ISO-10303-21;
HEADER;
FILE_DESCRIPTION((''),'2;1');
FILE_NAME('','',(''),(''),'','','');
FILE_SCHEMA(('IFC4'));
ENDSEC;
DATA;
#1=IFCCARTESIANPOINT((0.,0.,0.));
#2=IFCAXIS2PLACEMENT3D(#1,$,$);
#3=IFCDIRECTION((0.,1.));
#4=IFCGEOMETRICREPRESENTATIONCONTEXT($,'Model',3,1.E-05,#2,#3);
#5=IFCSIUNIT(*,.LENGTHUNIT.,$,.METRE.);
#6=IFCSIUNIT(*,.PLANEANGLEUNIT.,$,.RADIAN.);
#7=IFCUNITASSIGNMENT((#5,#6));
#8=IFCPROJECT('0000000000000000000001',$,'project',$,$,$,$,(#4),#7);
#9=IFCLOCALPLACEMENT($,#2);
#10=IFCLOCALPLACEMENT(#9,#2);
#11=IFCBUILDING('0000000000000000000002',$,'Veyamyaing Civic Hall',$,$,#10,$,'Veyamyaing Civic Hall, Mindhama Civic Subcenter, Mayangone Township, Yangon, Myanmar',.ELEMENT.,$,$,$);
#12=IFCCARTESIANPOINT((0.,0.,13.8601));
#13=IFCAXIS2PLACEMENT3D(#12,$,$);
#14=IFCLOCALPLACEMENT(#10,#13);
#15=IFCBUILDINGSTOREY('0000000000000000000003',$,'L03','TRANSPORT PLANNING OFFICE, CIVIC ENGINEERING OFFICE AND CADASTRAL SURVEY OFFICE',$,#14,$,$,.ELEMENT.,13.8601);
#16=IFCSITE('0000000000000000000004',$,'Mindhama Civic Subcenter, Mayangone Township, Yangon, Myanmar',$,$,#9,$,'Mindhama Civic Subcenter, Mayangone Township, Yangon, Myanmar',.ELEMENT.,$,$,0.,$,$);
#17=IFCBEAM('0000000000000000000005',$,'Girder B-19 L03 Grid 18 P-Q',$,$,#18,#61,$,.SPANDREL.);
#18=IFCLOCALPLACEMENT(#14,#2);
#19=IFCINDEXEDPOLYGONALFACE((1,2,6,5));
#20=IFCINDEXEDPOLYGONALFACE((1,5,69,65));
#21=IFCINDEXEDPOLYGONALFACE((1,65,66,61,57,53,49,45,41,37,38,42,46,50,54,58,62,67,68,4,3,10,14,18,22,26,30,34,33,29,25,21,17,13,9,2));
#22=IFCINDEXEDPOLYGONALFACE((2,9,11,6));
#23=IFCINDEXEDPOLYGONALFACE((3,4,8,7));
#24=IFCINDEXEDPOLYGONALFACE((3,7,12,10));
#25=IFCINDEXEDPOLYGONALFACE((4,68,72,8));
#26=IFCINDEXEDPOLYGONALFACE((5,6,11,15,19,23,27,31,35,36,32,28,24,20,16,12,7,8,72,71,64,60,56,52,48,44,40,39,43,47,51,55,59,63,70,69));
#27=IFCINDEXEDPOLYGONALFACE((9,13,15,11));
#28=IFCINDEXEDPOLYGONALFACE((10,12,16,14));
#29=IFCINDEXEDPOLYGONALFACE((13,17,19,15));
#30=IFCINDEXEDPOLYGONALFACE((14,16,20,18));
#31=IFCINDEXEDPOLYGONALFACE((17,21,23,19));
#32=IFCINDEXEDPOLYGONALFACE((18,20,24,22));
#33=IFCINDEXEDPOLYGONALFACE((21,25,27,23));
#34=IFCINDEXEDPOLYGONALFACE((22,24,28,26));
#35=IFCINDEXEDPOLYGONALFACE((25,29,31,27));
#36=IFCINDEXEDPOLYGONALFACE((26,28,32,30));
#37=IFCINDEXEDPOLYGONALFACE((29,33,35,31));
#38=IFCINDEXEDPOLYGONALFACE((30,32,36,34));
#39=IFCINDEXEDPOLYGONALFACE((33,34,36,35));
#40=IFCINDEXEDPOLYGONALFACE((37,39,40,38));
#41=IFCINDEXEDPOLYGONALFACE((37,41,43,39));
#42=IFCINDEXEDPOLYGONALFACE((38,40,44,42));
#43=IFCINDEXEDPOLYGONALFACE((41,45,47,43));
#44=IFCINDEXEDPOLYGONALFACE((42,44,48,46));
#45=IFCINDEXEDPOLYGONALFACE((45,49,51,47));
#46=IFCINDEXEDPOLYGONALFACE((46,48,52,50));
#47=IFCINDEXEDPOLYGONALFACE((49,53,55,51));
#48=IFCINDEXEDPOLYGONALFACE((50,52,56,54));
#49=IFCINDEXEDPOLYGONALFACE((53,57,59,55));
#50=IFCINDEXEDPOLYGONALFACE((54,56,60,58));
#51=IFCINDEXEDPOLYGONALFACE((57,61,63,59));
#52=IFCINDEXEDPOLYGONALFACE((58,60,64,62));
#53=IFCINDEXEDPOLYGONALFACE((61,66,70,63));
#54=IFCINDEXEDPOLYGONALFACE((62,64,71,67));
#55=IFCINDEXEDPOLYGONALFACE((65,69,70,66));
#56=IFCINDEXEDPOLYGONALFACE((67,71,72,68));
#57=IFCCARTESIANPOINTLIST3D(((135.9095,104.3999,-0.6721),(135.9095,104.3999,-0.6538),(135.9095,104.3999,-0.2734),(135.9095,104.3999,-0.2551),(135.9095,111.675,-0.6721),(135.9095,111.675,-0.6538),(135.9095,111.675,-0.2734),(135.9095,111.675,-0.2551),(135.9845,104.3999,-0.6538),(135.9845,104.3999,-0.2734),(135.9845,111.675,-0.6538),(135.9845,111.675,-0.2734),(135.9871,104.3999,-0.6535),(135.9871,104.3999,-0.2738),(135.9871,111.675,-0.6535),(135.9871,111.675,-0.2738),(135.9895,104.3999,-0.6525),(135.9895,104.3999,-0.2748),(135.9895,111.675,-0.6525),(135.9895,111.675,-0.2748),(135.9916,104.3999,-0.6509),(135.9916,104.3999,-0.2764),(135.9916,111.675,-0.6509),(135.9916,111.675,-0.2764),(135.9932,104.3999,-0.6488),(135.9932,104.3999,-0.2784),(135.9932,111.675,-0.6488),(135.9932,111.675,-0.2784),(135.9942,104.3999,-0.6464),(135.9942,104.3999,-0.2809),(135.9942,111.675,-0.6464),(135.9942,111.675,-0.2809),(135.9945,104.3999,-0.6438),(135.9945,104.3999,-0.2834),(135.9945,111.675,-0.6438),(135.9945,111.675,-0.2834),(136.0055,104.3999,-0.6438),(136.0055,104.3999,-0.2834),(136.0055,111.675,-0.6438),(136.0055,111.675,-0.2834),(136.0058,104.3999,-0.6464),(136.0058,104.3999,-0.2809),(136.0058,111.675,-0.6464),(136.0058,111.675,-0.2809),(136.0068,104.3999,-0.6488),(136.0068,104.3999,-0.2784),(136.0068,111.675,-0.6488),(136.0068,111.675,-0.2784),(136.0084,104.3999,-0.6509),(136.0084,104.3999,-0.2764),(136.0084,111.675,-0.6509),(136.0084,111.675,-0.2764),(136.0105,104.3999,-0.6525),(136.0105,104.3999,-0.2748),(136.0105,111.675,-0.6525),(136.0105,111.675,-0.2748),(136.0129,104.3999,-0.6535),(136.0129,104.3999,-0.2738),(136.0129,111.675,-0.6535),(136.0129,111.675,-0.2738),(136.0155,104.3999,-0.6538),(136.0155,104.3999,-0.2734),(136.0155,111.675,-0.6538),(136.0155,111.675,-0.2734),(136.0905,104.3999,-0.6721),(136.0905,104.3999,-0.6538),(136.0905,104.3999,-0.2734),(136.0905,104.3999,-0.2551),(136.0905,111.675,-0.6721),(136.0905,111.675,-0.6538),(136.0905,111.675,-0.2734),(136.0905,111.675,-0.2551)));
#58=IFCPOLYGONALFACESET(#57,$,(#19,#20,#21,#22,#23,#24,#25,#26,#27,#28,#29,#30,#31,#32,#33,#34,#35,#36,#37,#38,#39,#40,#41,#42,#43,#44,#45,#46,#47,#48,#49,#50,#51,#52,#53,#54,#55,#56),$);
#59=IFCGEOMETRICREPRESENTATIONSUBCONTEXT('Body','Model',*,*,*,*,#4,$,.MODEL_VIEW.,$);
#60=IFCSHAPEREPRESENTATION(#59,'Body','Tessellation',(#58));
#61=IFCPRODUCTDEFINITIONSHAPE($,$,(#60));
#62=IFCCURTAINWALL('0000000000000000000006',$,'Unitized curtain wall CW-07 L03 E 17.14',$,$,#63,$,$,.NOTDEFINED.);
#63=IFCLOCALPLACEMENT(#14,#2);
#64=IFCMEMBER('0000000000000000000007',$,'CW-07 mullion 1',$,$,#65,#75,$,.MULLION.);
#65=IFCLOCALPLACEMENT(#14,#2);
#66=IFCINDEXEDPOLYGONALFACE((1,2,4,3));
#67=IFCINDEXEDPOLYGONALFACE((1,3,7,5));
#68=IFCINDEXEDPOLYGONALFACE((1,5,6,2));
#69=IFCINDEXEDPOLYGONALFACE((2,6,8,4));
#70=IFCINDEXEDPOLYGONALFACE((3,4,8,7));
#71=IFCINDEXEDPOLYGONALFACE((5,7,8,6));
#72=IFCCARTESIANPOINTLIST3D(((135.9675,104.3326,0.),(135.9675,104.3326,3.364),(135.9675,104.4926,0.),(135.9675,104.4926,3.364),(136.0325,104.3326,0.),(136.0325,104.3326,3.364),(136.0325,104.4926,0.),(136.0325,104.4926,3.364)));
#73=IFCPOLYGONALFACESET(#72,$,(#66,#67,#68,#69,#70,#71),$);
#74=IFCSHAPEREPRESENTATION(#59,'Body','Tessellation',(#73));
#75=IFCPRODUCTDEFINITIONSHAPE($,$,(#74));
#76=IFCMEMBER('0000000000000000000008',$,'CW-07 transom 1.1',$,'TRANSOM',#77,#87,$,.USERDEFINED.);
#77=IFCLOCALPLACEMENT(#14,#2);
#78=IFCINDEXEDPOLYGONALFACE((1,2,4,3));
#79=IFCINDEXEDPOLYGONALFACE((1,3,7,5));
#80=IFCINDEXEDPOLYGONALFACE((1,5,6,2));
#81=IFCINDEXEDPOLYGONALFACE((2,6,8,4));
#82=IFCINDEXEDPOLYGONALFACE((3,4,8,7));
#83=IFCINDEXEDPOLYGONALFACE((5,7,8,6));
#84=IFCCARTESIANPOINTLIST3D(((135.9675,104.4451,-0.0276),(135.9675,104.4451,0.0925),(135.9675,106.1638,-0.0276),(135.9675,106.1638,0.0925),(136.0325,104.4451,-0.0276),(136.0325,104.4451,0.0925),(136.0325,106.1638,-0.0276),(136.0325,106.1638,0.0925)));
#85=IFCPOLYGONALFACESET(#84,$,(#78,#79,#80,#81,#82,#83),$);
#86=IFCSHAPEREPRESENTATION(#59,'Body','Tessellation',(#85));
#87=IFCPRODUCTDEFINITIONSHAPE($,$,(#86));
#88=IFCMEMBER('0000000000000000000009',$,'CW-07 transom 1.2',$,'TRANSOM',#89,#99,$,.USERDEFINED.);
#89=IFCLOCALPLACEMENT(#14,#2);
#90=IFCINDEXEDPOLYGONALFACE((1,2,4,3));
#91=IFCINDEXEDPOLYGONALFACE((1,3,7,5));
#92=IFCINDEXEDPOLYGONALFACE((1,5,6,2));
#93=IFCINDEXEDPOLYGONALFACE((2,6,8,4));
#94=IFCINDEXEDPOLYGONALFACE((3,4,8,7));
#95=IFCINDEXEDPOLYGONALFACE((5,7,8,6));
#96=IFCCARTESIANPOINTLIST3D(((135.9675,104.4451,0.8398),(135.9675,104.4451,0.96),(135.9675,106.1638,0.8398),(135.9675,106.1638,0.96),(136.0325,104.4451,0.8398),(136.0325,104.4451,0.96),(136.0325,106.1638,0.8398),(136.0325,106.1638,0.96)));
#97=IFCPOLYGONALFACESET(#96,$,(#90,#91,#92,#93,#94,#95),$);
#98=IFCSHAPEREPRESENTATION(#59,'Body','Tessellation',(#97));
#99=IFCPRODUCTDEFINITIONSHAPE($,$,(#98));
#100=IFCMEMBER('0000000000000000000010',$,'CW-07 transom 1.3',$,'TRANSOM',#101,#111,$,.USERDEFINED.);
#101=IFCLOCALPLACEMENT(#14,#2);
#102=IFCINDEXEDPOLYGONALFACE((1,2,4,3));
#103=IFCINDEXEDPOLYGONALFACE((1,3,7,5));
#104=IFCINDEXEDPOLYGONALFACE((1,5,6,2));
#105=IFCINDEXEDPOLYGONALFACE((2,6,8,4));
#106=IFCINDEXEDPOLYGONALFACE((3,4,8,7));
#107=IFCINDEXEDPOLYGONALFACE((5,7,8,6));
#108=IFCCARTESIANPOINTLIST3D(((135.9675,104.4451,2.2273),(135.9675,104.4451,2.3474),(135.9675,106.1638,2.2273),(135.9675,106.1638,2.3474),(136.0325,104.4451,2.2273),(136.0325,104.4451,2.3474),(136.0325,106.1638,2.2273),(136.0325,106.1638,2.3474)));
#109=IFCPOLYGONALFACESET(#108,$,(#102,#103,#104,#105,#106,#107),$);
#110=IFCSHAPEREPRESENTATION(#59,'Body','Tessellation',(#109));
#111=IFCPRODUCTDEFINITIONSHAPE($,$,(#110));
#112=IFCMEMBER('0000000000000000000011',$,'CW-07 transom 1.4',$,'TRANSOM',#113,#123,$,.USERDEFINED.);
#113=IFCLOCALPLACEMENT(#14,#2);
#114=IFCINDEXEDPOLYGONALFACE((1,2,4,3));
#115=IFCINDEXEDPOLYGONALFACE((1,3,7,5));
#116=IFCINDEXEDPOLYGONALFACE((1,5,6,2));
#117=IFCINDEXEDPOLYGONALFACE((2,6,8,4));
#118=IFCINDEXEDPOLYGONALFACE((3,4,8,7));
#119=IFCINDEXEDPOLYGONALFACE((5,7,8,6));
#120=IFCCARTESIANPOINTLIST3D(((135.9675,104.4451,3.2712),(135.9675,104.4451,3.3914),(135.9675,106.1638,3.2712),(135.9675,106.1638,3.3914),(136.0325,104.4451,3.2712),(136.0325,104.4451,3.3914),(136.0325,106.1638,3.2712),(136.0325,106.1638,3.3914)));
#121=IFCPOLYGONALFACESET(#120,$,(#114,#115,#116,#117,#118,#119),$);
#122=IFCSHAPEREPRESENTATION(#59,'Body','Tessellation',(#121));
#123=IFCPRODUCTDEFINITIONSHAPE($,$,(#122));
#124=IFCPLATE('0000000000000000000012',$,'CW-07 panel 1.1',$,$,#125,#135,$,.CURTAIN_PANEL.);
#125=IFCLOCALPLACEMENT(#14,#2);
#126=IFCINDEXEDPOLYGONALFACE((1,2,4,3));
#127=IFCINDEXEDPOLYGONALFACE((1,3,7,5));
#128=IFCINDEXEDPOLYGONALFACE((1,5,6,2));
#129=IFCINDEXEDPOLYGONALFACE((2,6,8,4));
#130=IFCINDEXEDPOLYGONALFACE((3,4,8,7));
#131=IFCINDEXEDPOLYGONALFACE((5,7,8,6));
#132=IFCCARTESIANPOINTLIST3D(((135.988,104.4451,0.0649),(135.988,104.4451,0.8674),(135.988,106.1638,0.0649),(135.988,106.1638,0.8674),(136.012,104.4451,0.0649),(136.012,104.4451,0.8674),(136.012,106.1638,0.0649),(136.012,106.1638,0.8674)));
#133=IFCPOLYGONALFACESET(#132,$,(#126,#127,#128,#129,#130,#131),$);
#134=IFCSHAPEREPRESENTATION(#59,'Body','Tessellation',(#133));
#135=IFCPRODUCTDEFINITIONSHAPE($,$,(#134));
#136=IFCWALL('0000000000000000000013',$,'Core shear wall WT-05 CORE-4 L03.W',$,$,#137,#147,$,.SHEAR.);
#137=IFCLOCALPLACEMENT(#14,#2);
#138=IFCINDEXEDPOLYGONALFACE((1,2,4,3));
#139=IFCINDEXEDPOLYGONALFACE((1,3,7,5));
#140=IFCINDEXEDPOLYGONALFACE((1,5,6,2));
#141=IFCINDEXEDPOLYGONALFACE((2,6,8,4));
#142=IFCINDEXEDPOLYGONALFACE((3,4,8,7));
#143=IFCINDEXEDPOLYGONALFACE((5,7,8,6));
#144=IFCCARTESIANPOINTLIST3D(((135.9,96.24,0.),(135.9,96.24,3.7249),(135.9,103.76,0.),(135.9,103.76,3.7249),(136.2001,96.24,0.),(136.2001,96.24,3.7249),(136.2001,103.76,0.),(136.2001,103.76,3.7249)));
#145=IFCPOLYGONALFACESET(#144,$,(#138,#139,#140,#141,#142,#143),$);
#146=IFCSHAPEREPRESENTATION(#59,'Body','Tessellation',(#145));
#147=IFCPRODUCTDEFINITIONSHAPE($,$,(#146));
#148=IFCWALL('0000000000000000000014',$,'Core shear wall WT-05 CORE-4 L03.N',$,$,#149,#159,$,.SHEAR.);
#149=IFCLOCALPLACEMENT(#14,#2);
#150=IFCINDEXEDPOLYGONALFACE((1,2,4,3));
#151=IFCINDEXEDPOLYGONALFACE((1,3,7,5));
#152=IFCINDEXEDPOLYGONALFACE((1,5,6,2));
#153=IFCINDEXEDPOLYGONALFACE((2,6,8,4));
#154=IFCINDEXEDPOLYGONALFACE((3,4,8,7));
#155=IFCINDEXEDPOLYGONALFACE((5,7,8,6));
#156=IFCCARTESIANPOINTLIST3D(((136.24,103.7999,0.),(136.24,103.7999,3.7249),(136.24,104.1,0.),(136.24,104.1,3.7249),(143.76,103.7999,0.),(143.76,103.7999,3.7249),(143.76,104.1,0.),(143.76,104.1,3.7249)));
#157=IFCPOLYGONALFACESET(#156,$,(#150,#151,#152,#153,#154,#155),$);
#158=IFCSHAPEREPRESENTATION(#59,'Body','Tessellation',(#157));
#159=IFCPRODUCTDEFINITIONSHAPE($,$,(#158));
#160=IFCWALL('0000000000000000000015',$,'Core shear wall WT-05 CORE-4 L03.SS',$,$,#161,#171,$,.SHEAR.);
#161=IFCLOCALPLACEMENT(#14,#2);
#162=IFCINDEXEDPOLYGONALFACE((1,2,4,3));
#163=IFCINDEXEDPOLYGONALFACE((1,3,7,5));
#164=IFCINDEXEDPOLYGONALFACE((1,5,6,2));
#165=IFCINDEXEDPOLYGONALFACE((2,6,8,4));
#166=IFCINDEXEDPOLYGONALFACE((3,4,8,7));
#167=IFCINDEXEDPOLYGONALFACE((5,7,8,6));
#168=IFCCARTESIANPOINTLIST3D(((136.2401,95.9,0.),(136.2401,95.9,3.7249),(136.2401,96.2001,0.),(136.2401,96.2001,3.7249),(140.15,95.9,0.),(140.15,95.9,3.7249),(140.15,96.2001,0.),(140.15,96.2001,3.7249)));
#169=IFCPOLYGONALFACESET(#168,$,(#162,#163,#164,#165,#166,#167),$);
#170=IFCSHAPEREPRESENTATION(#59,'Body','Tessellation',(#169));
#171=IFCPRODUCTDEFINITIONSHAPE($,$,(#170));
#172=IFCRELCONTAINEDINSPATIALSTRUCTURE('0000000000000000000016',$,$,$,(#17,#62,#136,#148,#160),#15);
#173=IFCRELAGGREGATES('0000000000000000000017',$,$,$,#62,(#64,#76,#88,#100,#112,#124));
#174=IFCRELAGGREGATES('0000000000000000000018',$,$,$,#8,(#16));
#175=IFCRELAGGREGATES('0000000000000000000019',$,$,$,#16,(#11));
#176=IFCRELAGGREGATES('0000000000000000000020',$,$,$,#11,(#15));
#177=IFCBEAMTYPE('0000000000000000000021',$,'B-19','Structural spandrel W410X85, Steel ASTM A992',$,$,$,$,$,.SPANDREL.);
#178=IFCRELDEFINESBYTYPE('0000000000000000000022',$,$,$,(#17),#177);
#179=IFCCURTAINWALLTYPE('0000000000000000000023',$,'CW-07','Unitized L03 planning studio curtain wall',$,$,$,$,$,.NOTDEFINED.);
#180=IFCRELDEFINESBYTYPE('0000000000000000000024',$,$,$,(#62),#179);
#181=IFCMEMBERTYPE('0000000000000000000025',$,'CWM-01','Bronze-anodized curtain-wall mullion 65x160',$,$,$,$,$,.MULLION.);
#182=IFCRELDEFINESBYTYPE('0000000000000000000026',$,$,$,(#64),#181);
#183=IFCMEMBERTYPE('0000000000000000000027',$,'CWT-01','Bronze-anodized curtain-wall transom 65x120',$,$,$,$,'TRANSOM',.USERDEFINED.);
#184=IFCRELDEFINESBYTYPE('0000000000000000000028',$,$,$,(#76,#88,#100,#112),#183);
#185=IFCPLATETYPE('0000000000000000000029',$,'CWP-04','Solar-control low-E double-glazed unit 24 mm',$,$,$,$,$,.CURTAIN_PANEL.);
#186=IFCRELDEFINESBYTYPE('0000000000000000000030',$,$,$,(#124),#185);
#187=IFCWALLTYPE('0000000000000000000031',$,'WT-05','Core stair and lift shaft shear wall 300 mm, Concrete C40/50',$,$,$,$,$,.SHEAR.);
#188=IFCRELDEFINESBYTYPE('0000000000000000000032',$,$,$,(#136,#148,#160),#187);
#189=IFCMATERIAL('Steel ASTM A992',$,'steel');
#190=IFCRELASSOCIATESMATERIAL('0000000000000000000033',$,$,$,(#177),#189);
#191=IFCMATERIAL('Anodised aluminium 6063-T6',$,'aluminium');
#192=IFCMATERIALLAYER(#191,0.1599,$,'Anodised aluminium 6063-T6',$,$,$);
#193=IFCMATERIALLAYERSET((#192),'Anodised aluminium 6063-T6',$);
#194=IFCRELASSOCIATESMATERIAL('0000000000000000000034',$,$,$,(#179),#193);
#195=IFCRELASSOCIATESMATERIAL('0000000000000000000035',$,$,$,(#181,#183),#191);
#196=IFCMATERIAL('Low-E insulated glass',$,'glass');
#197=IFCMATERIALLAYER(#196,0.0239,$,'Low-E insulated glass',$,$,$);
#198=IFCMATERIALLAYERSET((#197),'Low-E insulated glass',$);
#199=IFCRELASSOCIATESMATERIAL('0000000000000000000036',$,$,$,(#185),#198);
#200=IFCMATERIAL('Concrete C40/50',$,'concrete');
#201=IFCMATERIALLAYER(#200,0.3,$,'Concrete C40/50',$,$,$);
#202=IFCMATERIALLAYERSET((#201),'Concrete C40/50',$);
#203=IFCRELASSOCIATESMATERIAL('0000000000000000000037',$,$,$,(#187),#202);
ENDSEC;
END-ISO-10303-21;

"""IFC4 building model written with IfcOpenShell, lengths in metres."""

from ifc_helpers import new_model, si_unit, direction, frame, frame_2d, origin, origin_2d, place, context, subcontext, project, spatial, rectangle, i_section, extrude, material, layer, layer_set, material_profile, profile_set, type_object, element, aggregate, save


model = new_model("IFC4")

# Units and contexts
model_context = context("Model", 3, precision=1e-05, world=origin(), true_north=direction((0.0, 1.0)))
body_context = subcontext(model_context, "Body", "Model", "MODEL_VIEW")
ifc_project = project(units=[si_unit("LENGTHUNIT", "METRE"), si_unit("PLANEANGLEUNIT", "RADIAN")], contexts=[model_context])

# Site, building, storey
site_placement = place(None, origin())
site = spatial("IfcSite", under=ifc_project, at=site_placement, Name="Mindhama Civic Subcenter, Mayangone Township, Yangon, Myanmar", LongName="Mindhama Civic Subcenter, Mayangone Township, Yangon, Myanmar", CompositionType="ELEMENT", RefElevation=0.0)
building_placement = place(site_placement, origin())
building = spatial("IfcBuilding", under=site, at=building_placement, Name="Veyamyaing Civic Hall", LongName="Veyamyaing Civic Hall, Mindhama Civic Subcenter, Mayangone Township, Yangon, Myanmar", CompositionType="ELEMENT")
storey_placement = place(building_placement, frame((0.0, 0.0, 13.8601)))
storey = spatial("IfcBuildingStorey", under=building, at=storey_placement, Name="L03", Description="TRANSPORT PLANNING OFFICE, CIVIC ENGINEERING OFFICE AND CADASTRAL SURVEY OFFICE", CompositionType="ELEMENT", Elevation=13.8601)

# Beam
ifc_material_1 = material(Name="Steel ASTM A992", Category="steel")
ifc_material_profile_1 = material_profile(ifc_material_1, i_section(OverallWidth=0.1809, OverallDepth=0.417, WebThickness=0.011, FlangeThickness=0.0183, FilletRadius=0.01, at=origin_2d()), Name="W410X85")
ifc_profile_set_1 = profile_set([ifc_material_profile_1], Name="Steel ASTM A992")
beam_type_1 = type_object("IfcBeamType", Name="B-19", Description="Structural spandrel W410X85, Steel ASTM A992", PredefinedType="SPANDREL", material=ifc_profile_set_1)
beam_1_placement = place(storey_placement, frame((136.0, 104.3999, -0.4636), z_axis=(0.0, 1.0, 0.0), x_axis=(-1.0, 0.0, 0.0)))
element("IfcBeam", 1, at=beam_1_placement, inside=storey, type_object=beam_type_1, Name="Girder B-19 L03 Grid 18 P-Q", PredefinedType="SPANDREL", context=body_context, shape_type="SweptSolid", body=[
    extrude(i_section(OverallWidth=0.1809, OverallDepth=0.417, WebThickness=0.011, FlangeThickness=0.0183, FilletRadius=0.01, at=origin_2d()), origin(), (0.0, 0.0, 1.0), 7.2751),
])

# Curtain wall, members, plate
ifc_material_2 = material(Name="Anodised aluminium 6063-T6", Category="aluminium")
ifc_layer_1 = layer(ifc_material_2, 0.1599, Name="Anodised aluminium 6063-T6")
ifc_layer_set_1 = layer_set([ifc_layer_1], Name="Anodised aluminium 6063-T6")
curtain_wall_type = type_object("IfcCurtainWallType", Name="CW-07", Description="Unitized L03 planning studio curtain wall", PredefinedType="NOTDEFINED", material=ifc_layer_set_1)
curtain_wall_placement = place(storey_placement, origin())
curtain_wall = element("IfcCurtainWall", 2, at=curtain_wall_placement, inside=storey, type_object=curtain_wall_type, Name="Unitized curtain wall CW-07 L03 E 17.14", PredefinedType="NOTDEFINED")
ifc_material_profile_2 = material_profile(ifc_material_2, rectangle(XDim=0.0649, YDim=0.1599, at=origin_2d()), Name="ALU-MUL-65X160")
ifc_profile_set_2 = profile_set([ifc_material_profile_2], Name="Anodised aluminium 6063-T6")
member_type_1 = type_object("IfcMemberType", Name="CWM-01", Description="Bronze-anodized curtain-wall mullion 65x160", PredefinedType="MULLION", material=ifc_profile_set_2)
member_1_placement = place(storey_placement, frame((136.0, 104.4126, 0.0), z_axis=(0.0, 0.0, 1.0), x_axis=(-1.0, 0.0, 0.0)))
member_1 = element("IfcMember", 3, at=member_1_placement, type_object=member_type_1, Name="CW-07 mullion 1", PredefinedType="MULLION", context=body_context, shape_type="SweptSolid", body=[
    extrude(rectangle(XDim=0.0649, YDim=0.1599, at=origin_2d()), origin(), (0.0, 0.0, 1.0), 3.364),
])
ifc_material_profile_3 = material_profile(ifc_material_2, rectangle(XDim=0.0649, YDim=0.1201, at=origin_2d()), Name="ALU-TRN-65X120")
ifc_profile_set_3 = profile_set([ifc_material_profile_3], Name="Anodised aluminium 6063-T6")
member_type_2 = type_object("IfcMemberType", Name="CWT-01", Description="Bronze-anodized curtain-wall transom 65x120", ElementType="TRANSOM", PredefinedType="USERDEFINED", material=ifc_profile_set_3)
member_2_placement = place(storey_placement, frame((136.0, 104.4451, 0.0325), z_axis=(0.0, 1.0, 0.0), x_axis=(-1.0, 0.0, 0.0)))
member_2 = element("IfcMember", 4, at=member_2_placement, type_object=member_type_2, Name="CW-07 transom 1.1", ObjectType="TRANSOM", PredefinedType="USERDEFINED", context=body_context, shape_type="SweptSolid", body=[
    extrude(rectangle(XDim=0.0649, YDim=0.1201, at=origin_2d()), origin(), (0.0, 0.0, 1.0), 1.7188),
])
member_3_placement = place(storey_placement, frame((136.0, 104.4451, 0.8999), z_axis=(0.0, 1.0, 0.0), x_axis=(-1.0, 0.0, 0.0)))
member_3 = element("IfcMember", 5, at=member_3_placement, type_object=member_type_2, Name="CW-07 transom 1.2", ObjectType="TRANSOM", PredefinedType="USERDEFINED", context=body_context, shape_type="SweptSolid", body=[
    extrude(rectangle(XDim=0.0649, YDim=0.1201, at=origin_2d()), origin(), (0.0, 0.0, 1.0), 1.7188),
])
member_4_placement = place(storey_placement, frame((136.0, 104.4451, 2.2874), z_axis=(0.0, 1.0, 0.0), x_axis=(-1.0, 0.0, 0.0)))
member_4 = element("IfcMember", 6, at=member_4_placement, type_object=member_type_2, Name="CW-07 transom 1.3", ObjectType="TRANSOM", PredefinedType="USERDEFINED", context=body_context, shape_type="SweptSolid", body=[
    extrude(rectangle(XDim=0.0649, YDim=0.1201, at=origin_2d()), origin(), (0.0, 0.0, 1.0), 1.7188),
])
member_5_placement = place(storey_placement, frame((136.0, 104.4451, 3.3313), z_axis=(0.0, 1.0, 0.0), x_axis=(-1.0, 0.0, 0.0)))
member_5 = element("IfcMember", 7, at=member_5_placement, type_object=member_type_2, Name="CW-07 transom 1.4", ObjectType="TRANSOM", PredefinedType="USERDEFINED", context=body_context, shape_type="SweptSolid", body=[
    extrude(rectangle(XDim=0.0649, YDim=0.1201, at=origin_2d()), origin(), (0.0, 0.0, 1.0), 1.7188),
])
ifc_material_3 = material(Name="Low-E insulated glass", Category="glass")
ifc_layer_2 = layer(ifc_material_3, 0.0239, Name="Low-E insulated glass")
ifc_layer_set_2 = layer_set([ifc_layer_2], Name="Low-E insulated glass")
plate_type = type_object("IfcPlateType", Name="CWP-04", Description="Solar-control low-E double-glazed unit 24 mm", PredefinedType="CURTAIN_PANEL", material=ifc_layer_set_2)
plate_placement = place(storey_placement, frame((136.0, 105.3044, 0.0649), z_axis=(0.0, 0.0, 1.0), x_axis=(0.0, 1.0, 0.0)))
plate = element("IfcPlate", 8, at=plate_placement, type_object=plate_type, Name="CW-07 panel 1.1", PredefinedType="CURTAIN_PANEL", context=body_context, shape_type="SweptSolid", body=[
    extrude(rectangle(XDim=1.7188, YDim=0.0239, at=origin_2d()), origin(), (0.0, 0.0, 1.0), 0.8025),
])
aggregate(curtain_wall, [member_1, member_2, member_3, member_4, member_5, plate])

# Walls
ifc_material_4 = material(Name="Concrete C40/50", Category="concrete")
ifc_layer_3 = layer(ifc_material_4, 0.3, Name="Concrete C40/50")
ifc_layer_set_3 = layer_set([ifc_layer_3], Name="Concrete C40/50")
wall_type_1 = type_object("IfcWallType", Name="WT-05", Description="Core stair and lift shaft shear wall 300 mm, Concrete C40/50", PredefinedType="SHEAR", material=ifc_layer_set_3)
for number, where, z_axis, x_axis, name in (
    (9, (136.05, 96.24, 0.0), (0.0, 0.0, 1.0), (0.0, 1.0, 0.0), "Core shear wall WT-05 CORE-4 L03.W"),
    (10, (136.24, 103.95, 0.0), (0.0, 0.0, 1.0), (1.0, 0.0, 0.0), "Core shear wall WT-05 CORE-4 L03.N"),
):
    element("IfcWall", number, at=place(storey_placement, frame(where, z_axis=z_axis, x_axis=x_axis)), inside=storey, type_object=wall_type_1, Name=name, PredefinedType="SHEAR", context=body_context, shape_type="SweptSolid", body=[
        extrude(rectangle(XDim=7.52, YDim=0.3, at=frame_2d((3.76, 0.0))), origin(), (0.0, 0.0, 1.0), 3.7249),
    ])
wall_1_placement = place(storey_placement, frame((136.24, 96.05, 0.0), z_axis=(0.0, 0.0, 1.0), x_axis=(1.0, 0.0, 0.0)))
element("IfcWall", 11, at=wall_1_placement, inside=storey, type_object=wall_type_1, Name="Core shear wall WT-05 CORE-4 L03.SS", PredefinedType="SHEAR", context=body_context, shape_type="SweptSolid", body=[
    extrude(rectangle(XDim=3.9099, YDim=0.3, at=frame_2d((1.9551, 0.0))), origin(), (0.0, 0.0, 1.0), 3.7249),
])

save(model, "model.ifc")
